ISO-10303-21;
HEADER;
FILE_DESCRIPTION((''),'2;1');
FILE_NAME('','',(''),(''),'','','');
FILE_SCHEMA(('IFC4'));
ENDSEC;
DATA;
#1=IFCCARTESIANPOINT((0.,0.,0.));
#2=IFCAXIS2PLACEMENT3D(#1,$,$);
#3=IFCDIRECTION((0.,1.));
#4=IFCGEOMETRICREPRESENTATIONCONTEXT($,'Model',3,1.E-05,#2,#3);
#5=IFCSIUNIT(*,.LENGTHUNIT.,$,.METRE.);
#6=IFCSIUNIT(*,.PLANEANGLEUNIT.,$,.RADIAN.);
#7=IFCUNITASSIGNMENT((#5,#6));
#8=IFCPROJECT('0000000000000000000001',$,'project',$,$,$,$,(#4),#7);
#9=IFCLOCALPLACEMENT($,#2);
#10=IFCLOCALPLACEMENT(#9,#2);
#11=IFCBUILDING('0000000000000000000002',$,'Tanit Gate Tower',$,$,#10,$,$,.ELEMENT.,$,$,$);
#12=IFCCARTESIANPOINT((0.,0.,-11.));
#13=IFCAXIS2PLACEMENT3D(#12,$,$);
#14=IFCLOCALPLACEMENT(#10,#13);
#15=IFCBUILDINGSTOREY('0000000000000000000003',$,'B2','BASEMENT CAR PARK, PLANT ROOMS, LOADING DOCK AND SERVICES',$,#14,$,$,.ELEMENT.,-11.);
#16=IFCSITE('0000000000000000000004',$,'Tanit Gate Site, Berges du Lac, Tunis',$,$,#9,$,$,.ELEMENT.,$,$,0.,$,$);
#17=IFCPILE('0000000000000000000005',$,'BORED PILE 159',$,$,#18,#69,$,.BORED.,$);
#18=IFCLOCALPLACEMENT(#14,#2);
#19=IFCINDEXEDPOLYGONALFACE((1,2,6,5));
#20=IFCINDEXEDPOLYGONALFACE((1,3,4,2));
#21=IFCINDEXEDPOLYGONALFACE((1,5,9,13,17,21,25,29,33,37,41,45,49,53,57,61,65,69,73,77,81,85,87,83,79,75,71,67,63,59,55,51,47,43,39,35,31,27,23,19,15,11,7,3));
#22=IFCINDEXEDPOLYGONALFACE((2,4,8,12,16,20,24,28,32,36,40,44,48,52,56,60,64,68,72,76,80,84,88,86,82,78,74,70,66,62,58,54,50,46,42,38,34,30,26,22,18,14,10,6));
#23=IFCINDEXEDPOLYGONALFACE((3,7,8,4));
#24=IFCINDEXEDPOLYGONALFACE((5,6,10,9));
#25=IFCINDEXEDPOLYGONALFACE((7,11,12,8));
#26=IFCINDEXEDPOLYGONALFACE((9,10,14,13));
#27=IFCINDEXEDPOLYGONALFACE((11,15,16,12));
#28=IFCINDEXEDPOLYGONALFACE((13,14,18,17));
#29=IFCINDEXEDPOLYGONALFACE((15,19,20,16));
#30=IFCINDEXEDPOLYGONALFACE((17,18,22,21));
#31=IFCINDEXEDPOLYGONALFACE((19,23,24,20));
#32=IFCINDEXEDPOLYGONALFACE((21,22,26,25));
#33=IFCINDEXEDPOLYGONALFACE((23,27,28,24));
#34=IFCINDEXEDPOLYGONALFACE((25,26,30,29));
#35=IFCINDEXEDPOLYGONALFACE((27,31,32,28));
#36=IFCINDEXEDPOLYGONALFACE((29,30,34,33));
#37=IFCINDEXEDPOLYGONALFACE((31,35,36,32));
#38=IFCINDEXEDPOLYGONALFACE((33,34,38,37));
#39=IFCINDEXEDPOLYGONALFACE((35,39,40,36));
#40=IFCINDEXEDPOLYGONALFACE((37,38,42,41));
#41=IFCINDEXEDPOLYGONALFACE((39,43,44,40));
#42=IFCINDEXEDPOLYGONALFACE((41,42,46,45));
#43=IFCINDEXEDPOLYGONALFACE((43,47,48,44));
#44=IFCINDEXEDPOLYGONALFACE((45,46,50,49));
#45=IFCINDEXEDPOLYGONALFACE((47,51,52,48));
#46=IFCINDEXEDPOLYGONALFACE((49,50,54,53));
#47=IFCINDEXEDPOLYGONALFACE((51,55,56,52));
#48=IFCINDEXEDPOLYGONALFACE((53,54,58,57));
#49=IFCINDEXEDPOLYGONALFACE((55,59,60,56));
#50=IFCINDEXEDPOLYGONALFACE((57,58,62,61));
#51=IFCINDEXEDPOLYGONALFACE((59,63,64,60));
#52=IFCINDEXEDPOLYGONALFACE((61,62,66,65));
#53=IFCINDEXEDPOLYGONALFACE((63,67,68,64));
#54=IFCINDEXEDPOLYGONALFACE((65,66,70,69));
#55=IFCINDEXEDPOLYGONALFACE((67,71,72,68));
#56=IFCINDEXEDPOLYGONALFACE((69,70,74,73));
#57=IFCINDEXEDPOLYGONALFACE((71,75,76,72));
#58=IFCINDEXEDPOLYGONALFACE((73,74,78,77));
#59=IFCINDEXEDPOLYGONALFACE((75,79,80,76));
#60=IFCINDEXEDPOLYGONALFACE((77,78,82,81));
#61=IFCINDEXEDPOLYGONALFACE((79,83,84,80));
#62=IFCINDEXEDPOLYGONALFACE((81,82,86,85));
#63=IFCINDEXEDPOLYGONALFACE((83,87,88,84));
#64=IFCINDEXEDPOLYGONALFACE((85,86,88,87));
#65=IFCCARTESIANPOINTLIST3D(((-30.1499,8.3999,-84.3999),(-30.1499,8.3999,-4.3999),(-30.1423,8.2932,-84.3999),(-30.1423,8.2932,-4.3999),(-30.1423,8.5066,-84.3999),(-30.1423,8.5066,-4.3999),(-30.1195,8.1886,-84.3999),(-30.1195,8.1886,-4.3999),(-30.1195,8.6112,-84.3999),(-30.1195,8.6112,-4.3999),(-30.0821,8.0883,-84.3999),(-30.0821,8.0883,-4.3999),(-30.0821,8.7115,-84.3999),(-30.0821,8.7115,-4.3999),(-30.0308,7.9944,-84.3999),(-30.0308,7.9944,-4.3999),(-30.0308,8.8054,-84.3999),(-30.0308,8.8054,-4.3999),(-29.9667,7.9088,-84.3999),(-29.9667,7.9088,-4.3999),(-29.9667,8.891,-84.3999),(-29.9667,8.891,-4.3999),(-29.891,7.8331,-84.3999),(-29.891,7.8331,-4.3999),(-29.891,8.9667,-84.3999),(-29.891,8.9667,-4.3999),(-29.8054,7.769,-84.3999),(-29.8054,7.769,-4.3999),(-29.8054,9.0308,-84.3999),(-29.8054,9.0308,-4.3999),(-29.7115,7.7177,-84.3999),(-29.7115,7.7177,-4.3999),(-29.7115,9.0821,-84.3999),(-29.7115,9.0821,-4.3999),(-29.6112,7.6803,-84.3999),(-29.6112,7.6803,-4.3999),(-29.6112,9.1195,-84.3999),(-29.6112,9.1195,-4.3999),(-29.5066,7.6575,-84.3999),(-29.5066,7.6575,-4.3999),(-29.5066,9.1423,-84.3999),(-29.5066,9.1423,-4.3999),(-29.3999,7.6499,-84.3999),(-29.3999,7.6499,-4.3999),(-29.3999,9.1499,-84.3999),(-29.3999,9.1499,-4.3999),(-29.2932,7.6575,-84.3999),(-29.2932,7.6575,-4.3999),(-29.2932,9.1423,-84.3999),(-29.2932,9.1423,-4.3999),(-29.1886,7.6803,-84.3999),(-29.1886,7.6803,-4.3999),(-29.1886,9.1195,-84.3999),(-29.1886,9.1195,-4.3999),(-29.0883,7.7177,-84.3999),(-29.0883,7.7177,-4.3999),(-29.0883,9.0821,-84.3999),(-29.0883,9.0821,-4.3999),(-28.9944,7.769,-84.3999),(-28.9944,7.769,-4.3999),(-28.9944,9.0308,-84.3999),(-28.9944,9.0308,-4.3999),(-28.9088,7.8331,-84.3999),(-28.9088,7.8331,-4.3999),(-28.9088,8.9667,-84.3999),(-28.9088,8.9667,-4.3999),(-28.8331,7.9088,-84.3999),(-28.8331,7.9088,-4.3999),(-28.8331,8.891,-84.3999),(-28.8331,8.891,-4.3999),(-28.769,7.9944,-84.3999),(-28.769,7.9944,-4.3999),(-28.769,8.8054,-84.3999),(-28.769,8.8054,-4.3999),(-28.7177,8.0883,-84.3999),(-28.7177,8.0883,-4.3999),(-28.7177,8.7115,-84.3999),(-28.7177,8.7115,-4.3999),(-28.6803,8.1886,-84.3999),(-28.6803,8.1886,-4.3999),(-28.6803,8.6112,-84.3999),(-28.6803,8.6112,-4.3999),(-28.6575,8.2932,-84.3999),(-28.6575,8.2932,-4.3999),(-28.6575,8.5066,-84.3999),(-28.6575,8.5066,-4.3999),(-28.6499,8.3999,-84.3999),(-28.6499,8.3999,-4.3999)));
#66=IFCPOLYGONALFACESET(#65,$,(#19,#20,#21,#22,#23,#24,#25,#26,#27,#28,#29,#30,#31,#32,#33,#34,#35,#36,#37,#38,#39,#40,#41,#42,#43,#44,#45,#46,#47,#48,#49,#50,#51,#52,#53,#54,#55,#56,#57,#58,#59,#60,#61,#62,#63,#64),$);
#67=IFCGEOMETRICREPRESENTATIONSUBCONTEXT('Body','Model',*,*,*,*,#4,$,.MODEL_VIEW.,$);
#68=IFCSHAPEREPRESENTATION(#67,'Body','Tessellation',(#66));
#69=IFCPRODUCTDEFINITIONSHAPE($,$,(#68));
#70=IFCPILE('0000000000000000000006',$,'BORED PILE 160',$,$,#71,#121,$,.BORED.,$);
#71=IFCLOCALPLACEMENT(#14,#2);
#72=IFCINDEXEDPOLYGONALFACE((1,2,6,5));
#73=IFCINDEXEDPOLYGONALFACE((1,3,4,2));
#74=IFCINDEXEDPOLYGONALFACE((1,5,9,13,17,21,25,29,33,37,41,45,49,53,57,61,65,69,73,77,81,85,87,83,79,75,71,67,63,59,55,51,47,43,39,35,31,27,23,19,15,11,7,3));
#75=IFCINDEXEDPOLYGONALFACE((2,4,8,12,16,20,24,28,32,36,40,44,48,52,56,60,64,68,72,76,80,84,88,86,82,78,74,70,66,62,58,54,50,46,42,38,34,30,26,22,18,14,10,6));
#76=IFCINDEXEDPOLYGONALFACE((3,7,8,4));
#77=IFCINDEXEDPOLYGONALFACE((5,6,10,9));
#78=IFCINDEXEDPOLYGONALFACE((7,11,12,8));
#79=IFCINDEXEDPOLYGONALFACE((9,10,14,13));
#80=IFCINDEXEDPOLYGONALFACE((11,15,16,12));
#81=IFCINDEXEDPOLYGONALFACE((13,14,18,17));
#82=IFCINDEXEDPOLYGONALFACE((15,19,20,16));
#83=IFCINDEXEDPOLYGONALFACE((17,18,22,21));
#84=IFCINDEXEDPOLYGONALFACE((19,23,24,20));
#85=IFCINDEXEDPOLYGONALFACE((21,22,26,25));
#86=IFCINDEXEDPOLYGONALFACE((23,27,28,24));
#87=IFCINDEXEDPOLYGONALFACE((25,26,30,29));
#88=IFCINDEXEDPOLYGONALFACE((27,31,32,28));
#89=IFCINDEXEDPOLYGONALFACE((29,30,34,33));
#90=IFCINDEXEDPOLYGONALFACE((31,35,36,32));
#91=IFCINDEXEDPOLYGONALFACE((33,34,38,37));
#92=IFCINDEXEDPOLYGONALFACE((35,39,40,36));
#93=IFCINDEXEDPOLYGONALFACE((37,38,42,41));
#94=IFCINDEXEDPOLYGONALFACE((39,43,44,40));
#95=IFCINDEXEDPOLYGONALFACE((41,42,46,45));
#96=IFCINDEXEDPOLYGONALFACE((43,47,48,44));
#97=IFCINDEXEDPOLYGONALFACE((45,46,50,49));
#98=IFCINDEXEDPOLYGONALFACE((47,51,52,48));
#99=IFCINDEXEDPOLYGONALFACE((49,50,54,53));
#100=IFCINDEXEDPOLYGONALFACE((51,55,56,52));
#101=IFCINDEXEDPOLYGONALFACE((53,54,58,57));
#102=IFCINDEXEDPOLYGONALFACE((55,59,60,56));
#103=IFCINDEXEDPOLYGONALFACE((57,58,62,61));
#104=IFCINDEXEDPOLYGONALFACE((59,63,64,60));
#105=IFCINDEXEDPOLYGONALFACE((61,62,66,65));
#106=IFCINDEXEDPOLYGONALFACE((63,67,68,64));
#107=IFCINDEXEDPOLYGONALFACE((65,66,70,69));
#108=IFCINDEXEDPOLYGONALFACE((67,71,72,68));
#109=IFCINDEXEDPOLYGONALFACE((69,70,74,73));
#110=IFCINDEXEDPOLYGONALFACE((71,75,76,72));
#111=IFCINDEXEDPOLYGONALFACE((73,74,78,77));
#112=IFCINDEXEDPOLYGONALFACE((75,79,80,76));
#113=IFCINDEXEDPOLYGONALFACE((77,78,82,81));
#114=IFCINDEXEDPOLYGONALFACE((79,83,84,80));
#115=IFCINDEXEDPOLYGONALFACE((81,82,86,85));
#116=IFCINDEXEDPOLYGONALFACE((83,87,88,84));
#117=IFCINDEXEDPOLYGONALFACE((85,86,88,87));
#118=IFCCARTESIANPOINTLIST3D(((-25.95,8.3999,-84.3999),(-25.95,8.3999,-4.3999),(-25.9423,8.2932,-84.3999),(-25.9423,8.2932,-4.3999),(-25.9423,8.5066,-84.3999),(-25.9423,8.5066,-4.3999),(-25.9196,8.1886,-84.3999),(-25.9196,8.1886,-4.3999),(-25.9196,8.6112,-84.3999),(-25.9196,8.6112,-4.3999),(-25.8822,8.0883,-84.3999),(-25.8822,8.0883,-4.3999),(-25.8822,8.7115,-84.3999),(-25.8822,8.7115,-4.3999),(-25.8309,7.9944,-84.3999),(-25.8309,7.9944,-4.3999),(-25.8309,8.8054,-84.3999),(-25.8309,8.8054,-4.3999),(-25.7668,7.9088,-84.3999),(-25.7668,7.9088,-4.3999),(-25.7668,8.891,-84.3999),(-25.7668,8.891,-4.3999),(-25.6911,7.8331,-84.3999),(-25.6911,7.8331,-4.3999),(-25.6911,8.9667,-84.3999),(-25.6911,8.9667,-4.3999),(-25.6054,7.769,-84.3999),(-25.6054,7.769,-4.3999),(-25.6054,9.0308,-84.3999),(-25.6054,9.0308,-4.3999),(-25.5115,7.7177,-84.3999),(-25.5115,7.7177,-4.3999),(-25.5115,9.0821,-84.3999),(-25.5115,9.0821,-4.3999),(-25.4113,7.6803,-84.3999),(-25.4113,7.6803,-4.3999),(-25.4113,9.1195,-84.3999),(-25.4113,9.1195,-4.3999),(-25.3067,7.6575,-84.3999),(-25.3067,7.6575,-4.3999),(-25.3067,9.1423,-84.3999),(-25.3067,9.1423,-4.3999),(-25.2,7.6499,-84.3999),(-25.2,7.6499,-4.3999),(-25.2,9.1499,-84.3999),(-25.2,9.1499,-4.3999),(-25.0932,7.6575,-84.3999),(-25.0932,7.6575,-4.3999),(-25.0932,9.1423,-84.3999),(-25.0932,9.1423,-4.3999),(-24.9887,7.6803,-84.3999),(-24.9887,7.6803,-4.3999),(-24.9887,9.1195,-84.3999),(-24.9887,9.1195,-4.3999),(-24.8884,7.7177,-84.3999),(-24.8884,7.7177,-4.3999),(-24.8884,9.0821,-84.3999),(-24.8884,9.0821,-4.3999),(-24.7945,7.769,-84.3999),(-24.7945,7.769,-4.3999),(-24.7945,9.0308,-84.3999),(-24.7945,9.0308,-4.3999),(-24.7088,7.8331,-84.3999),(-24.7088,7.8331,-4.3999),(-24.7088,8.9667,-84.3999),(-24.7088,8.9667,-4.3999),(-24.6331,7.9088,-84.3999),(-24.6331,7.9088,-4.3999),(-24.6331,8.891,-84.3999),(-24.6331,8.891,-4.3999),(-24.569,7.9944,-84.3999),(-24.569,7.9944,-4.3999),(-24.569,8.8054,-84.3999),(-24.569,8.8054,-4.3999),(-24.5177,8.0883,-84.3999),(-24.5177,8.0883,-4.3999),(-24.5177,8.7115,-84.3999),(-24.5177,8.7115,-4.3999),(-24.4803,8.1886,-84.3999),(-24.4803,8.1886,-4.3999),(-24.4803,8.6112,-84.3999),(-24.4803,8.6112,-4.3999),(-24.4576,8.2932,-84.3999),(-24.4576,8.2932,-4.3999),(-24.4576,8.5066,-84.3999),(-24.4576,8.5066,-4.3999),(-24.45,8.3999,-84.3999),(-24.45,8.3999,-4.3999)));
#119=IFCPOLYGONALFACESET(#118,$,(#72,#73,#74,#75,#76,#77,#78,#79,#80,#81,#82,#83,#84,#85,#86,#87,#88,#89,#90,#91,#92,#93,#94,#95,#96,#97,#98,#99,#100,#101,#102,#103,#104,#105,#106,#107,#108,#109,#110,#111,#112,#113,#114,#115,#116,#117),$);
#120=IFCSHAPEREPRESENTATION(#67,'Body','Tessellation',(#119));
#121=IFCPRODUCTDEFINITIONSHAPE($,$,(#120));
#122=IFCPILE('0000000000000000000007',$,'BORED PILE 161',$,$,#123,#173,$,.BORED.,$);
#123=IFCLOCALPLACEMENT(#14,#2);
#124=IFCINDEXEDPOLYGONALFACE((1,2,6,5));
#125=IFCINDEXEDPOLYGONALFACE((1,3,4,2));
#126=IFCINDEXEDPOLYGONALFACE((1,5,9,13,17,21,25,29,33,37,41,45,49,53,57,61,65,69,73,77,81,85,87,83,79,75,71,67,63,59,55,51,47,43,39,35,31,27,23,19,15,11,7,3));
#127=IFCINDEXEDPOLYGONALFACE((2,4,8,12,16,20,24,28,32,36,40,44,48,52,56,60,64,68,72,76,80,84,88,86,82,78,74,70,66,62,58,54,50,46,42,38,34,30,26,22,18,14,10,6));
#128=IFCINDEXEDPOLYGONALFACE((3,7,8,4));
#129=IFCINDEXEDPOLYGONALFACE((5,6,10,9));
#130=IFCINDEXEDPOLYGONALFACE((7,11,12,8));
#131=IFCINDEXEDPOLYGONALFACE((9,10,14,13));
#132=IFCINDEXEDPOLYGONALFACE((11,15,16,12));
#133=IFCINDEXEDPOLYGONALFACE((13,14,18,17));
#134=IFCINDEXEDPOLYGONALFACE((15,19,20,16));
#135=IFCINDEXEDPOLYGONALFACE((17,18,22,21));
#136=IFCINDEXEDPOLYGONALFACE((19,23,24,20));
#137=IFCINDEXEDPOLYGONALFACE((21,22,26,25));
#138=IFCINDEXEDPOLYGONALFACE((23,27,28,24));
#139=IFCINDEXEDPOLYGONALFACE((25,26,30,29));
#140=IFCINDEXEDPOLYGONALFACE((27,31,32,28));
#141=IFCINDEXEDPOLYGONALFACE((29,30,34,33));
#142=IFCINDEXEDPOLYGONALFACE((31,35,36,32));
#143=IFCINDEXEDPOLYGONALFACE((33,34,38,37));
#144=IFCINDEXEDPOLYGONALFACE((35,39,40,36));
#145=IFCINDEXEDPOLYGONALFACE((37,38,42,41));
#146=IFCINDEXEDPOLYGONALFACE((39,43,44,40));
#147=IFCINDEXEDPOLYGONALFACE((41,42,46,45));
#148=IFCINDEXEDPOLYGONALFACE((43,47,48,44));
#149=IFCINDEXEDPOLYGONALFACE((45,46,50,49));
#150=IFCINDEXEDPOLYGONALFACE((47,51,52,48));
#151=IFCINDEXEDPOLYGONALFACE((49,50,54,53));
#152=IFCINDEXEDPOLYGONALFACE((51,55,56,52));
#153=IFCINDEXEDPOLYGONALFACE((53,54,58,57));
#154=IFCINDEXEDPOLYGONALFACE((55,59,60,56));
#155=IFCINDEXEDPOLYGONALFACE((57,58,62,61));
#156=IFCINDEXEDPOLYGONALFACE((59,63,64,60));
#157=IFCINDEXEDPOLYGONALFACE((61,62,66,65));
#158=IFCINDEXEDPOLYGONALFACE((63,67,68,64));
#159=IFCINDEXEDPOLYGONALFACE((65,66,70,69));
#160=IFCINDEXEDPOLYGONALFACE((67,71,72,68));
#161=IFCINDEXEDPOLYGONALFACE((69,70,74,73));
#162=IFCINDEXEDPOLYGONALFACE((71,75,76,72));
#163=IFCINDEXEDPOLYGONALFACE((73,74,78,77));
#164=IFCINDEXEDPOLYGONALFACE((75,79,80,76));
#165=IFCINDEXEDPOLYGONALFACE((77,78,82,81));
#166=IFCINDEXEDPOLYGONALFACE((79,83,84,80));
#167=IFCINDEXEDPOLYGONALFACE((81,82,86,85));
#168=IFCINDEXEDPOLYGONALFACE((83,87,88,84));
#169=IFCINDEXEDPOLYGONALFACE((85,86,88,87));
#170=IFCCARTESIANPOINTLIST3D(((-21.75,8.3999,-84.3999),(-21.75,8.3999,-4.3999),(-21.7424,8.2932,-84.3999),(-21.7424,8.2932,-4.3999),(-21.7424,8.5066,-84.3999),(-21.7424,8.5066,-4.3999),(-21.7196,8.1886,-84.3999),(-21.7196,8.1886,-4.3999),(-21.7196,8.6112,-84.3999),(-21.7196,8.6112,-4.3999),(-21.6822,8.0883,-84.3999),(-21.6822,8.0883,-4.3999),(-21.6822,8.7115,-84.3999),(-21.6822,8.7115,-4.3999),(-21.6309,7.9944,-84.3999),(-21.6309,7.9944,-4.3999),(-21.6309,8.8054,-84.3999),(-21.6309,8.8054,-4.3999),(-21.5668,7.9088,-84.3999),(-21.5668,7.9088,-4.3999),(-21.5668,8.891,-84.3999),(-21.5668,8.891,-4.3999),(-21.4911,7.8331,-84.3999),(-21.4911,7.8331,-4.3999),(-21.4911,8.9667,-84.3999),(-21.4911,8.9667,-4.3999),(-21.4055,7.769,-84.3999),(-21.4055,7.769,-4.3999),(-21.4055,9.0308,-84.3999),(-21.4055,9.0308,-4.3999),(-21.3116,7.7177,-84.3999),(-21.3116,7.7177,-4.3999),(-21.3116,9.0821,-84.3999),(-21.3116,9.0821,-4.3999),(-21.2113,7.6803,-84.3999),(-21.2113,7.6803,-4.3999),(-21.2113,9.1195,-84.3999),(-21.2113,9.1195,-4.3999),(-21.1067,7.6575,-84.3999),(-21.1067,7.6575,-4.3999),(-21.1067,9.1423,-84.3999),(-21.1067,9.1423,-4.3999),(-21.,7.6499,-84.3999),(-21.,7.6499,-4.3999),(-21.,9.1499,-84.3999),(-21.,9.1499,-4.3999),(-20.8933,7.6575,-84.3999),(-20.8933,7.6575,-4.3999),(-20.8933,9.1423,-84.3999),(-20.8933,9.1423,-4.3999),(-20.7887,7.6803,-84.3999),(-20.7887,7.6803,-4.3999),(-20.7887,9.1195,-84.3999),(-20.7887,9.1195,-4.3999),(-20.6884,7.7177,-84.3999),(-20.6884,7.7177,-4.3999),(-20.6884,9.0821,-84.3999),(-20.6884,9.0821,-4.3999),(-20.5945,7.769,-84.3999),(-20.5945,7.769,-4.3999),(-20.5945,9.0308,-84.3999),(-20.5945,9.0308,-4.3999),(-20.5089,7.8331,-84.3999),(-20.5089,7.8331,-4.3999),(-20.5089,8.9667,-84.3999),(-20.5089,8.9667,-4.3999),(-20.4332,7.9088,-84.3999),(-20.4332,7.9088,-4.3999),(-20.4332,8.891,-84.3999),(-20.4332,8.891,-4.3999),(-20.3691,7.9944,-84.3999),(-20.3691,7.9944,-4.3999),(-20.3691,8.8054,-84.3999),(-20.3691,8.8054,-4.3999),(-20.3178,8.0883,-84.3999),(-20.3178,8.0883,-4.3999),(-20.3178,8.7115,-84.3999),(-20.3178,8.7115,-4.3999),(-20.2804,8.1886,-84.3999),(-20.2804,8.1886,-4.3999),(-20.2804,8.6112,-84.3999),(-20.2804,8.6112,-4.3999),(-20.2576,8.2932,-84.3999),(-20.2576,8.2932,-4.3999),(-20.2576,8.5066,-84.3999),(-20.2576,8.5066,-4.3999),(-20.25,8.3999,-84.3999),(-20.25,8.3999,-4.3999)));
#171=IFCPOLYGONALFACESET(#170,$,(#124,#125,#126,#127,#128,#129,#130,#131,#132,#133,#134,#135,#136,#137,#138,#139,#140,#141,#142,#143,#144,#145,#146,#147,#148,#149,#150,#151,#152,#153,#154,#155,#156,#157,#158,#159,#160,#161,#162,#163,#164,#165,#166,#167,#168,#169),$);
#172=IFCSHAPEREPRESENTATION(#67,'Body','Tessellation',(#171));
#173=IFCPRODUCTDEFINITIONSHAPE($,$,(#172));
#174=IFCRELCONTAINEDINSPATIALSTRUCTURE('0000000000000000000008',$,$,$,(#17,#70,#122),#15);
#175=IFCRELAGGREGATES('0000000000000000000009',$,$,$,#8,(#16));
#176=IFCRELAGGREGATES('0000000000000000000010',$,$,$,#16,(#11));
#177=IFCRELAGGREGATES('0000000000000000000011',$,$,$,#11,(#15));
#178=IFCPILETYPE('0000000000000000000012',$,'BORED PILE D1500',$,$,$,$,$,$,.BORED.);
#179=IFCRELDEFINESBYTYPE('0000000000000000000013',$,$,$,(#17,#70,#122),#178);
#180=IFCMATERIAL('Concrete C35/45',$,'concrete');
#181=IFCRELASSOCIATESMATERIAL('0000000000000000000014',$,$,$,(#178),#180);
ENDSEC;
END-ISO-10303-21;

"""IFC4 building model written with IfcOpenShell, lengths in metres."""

from ifc_helpers import new_model, si_unit, direction, frame, origin, origin_2d, place, context, subcontext, project, spatial, circle, extrude, material, material_profile, profile_set, type_object, element, save


model = new_model("IFC4")

# Units and contexts
model_context = context("Model", 3, precision=1e-05, world=origin(), true_north=direction((0.0, 1.0)))
body_context = subcontext(model_context, "Body", "Model", "MODEL_VIEW")
ifc_project = project(units=[si_unit("LENGTHUNIT", "METRE"), si_unit("PLANEANGLEUNIT", "RADIAN")], contexts=[model_context])

# Site, building, storey
site_placement = place(None, origin())
site = spatial("IfcSite", under=ifc_project, at=site_placement, Name="Tanit Gate Site, Berges du Lac, Tunis", CompositionType="ELEMENT", RefElevation=0.0)
building_placement = place(site_placement, origin())
building = spatial("IfcBuilding", under=site, at=building_placement, Name="Tanit Gate Tower", CompositionType="ELEMENT")
storey_placement = place(building_placement, frame((0.0, 0.0, -11.0)))
storey = spatial("IfcBuildingStorey", under=building, at=storey_placement, Name="B2", Description="BASEMENT CAR PARK, PLANT ROOMS, LOADING DOCK AND SERVICES", CompositionType="ELEMENT", Elevation=-11.0)

# Piles
ifc_material_1 = material(Name="Concrete C35/45", Category="concrete")
ifc_material_profile_1 = material_profile(ifc_material_1, circle(Radius=0.75, at=origin_2d()), Name="BORED PILE D1500 C35/45")
ifc_profile_set_1 = profile_set([ifc_material_profile_1], Name="Concrete C35/45")
pile_type = type_object("IfcPileType", Name="BORED PILE D1500", PredefinedType="BORED", material=ifc_profile_set_1)
for number, where, z_axis, x_axis, name in (
    (1, (-29.3999, 8.3999, -4.3999), (0.0, 0.0, -1.0), (1.0, 0.0, 0.0), "BORED PILE 159"),
    (2, (-25.2, 8.3999, -4.3999), (0.0, 0.0, -1.0), (1.0, 0.0, 0.0), "BORED PILE 160"),
    (3, (-21.0, 8.3999, -4.3999), (0.0, 0.0, -1.0), (1.0, 0.0, 0.0), "BORED PILE 161"),
):
    element("IfcPile", number, at=place(storey_placement, frame(where, z_axis=z_axis, x_axis=x_axis)), inside=storey, type_object=pile_type, Name=name, PredefinedType="BORED", context=body_context, shape_type="SweptSolid", body=[
        extrude(circle(Radius=0.75, at=origin_2d()), origin(), (0.0, 0.0, 1.0), 80.0),
    ])

save(model, "model.ifc")
